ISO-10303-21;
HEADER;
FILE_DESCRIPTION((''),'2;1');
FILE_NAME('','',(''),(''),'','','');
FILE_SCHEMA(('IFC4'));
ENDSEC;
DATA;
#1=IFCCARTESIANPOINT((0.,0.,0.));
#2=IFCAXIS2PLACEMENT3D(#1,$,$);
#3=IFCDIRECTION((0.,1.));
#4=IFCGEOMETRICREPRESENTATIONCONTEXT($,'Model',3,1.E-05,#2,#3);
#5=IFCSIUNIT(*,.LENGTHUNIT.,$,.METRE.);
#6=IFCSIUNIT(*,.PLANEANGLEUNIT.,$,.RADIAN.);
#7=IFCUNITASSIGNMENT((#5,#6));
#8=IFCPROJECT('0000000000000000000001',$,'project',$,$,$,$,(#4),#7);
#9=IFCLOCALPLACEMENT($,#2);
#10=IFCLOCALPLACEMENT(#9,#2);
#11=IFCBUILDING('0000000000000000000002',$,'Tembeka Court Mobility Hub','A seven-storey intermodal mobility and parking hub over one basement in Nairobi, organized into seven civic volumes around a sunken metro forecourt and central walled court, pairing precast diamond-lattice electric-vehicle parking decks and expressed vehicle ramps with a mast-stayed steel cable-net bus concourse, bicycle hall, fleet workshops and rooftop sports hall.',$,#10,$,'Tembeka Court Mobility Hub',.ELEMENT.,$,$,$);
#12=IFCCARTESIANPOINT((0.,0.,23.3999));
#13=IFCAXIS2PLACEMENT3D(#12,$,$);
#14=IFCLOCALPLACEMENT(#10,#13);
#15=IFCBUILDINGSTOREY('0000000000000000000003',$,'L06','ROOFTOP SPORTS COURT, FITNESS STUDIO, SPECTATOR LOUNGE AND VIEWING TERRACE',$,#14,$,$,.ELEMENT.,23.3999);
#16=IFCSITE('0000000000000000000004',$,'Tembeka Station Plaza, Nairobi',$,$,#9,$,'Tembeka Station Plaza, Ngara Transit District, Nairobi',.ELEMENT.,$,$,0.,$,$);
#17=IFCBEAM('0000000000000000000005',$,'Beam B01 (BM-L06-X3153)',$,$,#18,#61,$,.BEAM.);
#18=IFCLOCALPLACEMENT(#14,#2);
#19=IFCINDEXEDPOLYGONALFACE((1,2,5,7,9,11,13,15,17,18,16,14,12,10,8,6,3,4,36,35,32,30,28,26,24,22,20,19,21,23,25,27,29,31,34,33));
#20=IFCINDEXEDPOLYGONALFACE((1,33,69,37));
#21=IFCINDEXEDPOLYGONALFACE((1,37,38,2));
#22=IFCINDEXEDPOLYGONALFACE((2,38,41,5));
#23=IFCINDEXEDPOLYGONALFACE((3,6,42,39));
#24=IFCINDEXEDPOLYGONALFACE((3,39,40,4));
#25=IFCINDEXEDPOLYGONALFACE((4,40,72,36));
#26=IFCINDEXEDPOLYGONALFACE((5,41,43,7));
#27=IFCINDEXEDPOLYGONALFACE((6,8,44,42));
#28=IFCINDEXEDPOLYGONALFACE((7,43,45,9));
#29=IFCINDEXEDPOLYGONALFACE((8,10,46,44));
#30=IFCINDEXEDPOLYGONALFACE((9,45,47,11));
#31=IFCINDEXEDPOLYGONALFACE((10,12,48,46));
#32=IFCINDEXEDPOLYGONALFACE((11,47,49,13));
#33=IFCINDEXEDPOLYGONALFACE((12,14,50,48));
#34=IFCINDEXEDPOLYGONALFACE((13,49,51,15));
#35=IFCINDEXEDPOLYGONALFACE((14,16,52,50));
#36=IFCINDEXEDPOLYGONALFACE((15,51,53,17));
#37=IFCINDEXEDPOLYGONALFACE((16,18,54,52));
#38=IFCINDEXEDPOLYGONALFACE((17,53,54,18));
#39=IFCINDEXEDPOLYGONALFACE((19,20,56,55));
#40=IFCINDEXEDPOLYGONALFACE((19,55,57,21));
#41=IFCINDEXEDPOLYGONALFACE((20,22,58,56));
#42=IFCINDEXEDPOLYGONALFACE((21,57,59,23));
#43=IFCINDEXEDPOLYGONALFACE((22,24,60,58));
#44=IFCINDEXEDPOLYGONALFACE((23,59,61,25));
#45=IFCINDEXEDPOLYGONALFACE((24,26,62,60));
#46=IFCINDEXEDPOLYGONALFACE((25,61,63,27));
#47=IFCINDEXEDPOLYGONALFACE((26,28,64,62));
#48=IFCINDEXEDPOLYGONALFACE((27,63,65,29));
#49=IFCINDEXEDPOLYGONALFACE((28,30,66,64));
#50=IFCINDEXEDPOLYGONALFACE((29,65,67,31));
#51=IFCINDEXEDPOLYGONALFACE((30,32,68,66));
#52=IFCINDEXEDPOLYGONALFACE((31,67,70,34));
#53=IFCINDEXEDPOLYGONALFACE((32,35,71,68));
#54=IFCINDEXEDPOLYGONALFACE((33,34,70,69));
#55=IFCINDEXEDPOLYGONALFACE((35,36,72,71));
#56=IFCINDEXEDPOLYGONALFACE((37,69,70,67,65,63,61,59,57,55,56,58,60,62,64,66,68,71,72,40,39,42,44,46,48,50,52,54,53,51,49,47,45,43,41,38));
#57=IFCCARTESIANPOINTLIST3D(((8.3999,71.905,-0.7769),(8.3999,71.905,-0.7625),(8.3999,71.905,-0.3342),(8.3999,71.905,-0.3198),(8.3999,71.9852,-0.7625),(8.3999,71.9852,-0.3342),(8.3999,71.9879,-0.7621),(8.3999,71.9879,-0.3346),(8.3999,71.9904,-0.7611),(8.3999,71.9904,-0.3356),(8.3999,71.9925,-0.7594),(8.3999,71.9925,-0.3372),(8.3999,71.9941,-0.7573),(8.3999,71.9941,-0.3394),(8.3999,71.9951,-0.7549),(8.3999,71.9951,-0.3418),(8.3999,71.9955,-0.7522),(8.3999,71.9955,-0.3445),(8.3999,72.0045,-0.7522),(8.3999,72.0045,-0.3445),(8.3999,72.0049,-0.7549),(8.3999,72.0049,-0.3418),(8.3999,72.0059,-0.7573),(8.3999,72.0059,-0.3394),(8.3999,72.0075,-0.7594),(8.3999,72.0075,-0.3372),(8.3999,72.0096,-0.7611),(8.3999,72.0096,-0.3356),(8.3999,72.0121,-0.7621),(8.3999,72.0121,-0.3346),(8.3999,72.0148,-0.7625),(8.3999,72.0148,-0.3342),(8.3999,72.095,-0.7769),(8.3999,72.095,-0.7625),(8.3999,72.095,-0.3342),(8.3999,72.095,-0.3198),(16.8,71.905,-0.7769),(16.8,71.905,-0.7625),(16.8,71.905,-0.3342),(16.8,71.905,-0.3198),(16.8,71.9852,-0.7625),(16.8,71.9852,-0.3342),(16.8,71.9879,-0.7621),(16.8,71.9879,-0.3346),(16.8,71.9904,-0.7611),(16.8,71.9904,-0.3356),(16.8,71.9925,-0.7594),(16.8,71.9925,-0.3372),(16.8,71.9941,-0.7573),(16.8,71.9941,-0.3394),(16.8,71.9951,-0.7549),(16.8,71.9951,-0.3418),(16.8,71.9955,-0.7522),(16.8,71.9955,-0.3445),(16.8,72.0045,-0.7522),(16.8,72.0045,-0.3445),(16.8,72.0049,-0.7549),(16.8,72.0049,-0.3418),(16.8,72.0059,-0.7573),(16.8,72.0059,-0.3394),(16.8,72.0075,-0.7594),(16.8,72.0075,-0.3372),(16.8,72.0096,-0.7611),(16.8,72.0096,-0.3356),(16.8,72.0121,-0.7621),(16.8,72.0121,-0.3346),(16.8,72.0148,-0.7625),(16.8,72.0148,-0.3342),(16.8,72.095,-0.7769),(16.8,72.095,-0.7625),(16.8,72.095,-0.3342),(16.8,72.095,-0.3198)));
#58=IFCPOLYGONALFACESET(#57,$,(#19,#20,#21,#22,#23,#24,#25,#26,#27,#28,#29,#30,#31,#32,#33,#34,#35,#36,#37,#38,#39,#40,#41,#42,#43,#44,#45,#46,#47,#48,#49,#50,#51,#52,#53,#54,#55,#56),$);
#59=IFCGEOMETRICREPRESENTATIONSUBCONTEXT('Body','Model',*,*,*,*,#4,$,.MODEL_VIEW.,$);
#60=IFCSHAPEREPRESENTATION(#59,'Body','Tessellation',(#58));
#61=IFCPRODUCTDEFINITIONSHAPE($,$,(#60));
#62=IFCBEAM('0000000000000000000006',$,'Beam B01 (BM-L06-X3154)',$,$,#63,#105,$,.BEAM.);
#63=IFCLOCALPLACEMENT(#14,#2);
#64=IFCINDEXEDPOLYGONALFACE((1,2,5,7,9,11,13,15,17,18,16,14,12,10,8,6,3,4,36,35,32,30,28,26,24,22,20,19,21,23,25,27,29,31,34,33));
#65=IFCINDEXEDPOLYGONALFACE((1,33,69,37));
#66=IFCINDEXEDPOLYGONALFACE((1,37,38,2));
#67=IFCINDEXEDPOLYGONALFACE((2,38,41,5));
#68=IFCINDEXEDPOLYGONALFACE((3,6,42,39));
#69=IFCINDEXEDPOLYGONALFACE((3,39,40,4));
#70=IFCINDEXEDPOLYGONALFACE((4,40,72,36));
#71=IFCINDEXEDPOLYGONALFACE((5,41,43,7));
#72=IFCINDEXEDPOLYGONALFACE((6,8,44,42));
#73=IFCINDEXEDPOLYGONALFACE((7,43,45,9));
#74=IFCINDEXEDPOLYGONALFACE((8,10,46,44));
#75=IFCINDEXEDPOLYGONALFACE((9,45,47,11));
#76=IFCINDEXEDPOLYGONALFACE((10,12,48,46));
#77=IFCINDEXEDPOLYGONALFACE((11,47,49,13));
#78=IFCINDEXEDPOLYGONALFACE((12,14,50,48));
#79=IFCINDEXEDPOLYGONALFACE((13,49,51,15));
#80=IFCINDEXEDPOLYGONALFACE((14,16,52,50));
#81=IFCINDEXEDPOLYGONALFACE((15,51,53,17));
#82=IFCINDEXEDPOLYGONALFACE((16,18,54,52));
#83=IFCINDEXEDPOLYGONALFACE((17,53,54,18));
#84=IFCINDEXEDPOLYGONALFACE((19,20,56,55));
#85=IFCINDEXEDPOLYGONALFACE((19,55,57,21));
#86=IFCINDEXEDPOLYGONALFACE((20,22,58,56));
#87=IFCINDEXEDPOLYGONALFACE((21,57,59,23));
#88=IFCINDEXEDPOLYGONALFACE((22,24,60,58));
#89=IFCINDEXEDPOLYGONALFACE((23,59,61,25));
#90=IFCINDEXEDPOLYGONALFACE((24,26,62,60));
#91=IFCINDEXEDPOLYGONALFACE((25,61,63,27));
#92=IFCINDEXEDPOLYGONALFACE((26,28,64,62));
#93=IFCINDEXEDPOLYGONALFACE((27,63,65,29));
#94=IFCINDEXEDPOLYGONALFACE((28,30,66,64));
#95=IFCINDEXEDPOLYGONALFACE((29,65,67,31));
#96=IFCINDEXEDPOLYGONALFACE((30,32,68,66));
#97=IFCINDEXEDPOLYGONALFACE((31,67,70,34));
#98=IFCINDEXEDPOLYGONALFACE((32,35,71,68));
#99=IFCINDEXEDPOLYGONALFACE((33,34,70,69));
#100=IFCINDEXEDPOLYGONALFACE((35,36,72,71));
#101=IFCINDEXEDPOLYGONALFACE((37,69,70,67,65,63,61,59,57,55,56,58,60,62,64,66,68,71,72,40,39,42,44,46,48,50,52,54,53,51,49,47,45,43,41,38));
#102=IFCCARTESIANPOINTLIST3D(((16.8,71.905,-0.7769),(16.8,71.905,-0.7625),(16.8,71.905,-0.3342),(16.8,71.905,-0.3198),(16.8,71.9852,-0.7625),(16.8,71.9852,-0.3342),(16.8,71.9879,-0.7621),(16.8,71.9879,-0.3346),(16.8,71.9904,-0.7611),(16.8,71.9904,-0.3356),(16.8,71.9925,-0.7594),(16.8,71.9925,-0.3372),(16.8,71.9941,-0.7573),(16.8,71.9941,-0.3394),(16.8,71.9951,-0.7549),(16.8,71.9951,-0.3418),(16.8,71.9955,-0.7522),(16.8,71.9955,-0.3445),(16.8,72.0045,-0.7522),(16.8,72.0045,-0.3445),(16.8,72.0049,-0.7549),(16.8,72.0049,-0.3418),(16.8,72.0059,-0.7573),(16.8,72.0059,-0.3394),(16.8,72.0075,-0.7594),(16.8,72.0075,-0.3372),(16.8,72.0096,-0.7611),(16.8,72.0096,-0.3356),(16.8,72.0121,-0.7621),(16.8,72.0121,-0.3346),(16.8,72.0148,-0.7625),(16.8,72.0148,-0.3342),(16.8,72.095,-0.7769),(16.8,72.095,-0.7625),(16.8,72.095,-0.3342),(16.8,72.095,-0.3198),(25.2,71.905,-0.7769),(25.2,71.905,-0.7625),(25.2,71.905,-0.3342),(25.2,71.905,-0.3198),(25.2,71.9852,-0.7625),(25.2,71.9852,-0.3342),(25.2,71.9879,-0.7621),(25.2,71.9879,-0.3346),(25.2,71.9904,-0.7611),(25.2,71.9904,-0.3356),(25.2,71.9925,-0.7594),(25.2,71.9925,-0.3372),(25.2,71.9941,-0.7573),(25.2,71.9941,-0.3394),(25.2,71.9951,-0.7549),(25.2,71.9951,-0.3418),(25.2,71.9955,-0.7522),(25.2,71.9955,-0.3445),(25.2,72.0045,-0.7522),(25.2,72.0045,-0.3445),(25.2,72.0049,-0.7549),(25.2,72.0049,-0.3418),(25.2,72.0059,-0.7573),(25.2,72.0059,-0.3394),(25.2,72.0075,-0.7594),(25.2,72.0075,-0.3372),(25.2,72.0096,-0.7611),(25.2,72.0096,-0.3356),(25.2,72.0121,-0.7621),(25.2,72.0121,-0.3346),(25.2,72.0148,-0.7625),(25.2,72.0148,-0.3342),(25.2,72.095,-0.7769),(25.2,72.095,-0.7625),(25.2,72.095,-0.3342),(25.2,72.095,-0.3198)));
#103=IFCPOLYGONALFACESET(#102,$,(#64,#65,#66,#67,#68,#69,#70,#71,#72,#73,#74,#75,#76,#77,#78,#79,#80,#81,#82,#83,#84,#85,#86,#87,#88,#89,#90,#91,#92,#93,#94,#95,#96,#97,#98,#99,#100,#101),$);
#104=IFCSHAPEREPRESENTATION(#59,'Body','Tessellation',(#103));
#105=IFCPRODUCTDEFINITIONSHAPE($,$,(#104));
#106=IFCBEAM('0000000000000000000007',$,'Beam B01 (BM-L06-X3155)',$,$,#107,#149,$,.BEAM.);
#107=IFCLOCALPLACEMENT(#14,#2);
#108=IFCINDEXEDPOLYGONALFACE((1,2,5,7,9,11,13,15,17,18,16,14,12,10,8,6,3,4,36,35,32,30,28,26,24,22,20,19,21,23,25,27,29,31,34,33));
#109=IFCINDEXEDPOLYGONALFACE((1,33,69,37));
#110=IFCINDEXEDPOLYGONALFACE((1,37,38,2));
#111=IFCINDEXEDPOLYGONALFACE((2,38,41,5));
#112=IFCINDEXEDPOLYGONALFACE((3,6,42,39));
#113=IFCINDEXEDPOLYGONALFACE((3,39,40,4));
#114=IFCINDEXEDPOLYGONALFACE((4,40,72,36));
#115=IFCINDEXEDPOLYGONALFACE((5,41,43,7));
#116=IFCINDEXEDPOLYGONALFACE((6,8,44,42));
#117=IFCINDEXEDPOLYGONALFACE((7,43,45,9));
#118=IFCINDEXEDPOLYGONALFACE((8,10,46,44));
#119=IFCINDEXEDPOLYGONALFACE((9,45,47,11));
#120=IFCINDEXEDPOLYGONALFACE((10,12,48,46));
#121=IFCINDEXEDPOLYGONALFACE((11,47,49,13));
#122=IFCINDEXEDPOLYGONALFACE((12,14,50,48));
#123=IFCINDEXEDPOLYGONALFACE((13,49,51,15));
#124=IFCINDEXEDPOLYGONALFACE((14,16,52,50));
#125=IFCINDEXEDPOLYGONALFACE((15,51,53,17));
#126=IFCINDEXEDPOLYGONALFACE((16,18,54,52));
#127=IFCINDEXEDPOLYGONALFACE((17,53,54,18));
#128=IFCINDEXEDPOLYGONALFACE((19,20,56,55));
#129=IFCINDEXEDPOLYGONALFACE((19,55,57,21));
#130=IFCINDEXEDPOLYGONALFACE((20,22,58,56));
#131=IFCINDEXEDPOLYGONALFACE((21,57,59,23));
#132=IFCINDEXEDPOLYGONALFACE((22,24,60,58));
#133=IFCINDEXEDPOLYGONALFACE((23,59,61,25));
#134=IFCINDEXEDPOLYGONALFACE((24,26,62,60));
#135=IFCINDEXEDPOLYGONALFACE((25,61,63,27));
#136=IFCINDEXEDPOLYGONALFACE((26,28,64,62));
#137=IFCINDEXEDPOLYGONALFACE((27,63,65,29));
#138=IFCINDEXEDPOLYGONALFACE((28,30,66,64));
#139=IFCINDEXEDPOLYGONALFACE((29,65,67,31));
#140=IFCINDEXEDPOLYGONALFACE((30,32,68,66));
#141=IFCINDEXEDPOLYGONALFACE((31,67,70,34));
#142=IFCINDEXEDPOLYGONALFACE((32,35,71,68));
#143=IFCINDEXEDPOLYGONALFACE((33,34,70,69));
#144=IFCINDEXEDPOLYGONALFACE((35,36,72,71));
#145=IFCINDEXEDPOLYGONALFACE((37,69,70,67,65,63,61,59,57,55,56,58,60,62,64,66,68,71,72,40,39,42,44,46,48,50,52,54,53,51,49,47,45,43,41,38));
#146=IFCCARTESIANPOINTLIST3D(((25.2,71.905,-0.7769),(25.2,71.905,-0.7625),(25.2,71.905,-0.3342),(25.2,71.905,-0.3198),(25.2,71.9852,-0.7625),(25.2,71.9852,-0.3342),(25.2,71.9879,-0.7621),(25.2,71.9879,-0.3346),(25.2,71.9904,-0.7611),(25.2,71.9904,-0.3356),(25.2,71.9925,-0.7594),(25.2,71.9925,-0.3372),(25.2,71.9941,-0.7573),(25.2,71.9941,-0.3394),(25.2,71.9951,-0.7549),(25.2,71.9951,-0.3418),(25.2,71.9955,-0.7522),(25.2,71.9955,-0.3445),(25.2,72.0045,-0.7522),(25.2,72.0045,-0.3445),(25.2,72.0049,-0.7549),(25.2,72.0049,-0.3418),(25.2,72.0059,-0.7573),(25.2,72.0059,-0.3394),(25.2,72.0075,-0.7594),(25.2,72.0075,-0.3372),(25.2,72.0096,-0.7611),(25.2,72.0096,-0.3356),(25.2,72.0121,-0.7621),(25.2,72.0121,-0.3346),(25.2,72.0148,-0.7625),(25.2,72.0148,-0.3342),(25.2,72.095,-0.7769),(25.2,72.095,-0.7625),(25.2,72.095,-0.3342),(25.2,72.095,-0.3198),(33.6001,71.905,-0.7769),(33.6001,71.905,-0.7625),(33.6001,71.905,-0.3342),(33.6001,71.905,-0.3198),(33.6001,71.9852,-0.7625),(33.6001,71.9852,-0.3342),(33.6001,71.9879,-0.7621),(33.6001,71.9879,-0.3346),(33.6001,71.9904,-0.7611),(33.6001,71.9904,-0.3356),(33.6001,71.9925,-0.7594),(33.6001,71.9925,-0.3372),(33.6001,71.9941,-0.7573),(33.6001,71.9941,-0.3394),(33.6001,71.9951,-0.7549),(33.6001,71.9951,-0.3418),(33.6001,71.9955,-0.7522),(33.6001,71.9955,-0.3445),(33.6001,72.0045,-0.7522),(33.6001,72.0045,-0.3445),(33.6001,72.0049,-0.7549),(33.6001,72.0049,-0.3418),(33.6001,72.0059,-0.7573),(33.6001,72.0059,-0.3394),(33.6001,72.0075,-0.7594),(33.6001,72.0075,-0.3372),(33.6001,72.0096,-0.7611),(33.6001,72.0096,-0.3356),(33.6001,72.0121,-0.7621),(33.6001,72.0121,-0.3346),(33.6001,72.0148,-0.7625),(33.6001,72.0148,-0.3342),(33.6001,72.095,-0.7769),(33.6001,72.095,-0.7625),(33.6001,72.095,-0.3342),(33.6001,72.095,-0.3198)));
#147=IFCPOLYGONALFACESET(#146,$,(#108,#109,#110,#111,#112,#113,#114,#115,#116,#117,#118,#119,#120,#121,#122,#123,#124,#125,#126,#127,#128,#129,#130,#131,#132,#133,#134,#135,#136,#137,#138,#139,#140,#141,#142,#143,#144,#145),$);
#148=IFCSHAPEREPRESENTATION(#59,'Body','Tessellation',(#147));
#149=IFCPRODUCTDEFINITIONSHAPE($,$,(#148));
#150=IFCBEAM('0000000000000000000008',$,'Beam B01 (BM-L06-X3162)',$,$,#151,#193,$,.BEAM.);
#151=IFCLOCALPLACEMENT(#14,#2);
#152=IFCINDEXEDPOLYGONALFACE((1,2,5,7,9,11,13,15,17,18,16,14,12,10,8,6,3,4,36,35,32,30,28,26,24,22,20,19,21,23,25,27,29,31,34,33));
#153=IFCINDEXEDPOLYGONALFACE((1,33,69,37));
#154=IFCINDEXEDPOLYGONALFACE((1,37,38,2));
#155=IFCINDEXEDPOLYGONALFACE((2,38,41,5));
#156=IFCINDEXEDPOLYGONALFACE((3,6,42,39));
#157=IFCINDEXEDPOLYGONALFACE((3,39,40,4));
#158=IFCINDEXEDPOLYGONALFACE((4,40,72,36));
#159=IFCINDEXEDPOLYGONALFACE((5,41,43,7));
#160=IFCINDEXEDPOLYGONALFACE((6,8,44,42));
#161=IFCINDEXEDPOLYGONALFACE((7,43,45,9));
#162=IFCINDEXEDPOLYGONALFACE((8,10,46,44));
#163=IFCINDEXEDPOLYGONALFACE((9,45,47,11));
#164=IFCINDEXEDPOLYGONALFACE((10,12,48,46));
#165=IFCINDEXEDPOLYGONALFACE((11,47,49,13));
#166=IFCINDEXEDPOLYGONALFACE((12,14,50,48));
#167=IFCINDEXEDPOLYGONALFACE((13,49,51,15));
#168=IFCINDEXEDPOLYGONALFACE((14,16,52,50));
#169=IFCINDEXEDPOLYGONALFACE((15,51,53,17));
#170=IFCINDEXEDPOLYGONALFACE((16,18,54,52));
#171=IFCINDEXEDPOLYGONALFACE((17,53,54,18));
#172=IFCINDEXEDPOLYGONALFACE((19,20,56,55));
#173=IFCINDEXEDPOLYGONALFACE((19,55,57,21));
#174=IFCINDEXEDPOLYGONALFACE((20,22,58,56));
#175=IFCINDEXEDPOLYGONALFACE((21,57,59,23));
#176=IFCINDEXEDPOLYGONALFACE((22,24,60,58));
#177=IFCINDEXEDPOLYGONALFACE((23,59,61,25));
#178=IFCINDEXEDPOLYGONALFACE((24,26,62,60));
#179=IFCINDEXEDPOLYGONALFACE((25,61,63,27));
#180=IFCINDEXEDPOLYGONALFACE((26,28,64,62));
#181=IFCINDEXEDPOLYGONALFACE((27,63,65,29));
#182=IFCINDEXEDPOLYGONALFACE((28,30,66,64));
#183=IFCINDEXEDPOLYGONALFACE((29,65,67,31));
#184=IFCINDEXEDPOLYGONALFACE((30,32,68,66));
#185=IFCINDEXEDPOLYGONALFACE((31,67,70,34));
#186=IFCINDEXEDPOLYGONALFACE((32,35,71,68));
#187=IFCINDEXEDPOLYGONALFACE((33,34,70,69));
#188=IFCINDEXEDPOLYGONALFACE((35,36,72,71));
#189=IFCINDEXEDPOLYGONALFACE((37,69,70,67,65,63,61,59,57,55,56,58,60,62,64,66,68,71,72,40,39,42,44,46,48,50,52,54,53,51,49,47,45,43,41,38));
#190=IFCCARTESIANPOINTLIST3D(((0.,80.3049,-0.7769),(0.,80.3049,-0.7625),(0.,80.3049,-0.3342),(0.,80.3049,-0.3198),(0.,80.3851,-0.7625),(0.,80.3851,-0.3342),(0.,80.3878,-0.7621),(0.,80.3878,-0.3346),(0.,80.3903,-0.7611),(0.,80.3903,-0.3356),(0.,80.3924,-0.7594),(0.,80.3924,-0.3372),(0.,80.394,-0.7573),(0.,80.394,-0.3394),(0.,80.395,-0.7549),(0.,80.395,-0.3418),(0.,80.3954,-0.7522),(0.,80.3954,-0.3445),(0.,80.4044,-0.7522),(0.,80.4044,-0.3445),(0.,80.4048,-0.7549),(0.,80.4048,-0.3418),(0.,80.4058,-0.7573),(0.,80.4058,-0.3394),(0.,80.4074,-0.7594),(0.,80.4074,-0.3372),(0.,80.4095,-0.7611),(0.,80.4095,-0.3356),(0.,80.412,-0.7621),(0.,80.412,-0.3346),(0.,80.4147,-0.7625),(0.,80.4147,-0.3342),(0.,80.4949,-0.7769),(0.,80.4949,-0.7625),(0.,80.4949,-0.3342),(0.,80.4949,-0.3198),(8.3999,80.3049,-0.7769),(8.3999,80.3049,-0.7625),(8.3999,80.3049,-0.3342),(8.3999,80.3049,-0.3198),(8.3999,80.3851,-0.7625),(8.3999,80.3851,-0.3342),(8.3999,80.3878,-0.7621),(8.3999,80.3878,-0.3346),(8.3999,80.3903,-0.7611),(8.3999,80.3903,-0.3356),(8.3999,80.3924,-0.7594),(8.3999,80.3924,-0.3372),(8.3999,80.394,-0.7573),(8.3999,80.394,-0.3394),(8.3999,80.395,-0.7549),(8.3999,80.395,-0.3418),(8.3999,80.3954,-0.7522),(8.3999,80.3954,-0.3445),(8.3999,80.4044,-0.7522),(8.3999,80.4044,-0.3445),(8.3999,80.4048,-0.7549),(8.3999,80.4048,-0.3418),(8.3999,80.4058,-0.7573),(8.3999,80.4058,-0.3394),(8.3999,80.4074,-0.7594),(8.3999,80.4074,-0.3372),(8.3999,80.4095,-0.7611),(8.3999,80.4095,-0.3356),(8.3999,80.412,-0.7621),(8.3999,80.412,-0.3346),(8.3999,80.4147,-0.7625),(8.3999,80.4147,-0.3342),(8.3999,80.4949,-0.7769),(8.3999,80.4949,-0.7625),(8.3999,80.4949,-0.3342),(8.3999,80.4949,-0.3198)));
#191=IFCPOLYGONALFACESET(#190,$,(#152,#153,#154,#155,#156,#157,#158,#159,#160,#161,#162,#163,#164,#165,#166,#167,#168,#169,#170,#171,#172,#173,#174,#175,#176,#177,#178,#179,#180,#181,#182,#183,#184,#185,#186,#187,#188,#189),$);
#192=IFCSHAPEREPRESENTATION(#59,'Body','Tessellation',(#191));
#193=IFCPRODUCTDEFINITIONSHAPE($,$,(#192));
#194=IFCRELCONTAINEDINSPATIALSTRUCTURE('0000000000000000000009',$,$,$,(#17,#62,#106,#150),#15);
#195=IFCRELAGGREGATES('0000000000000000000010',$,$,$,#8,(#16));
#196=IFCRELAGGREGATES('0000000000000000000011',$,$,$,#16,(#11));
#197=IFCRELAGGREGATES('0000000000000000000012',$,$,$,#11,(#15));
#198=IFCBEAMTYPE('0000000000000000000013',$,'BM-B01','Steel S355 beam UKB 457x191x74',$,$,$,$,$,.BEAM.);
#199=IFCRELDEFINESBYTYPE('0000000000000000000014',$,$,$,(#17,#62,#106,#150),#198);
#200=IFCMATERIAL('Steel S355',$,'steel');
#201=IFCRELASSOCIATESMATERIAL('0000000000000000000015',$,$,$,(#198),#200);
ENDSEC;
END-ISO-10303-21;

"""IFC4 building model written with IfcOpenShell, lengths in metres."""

from ifc_helpers import new_model, si_unit, direction, frame, origin, origin_2d, place, context, subcontext, project, spatial, i_section, extrude, material, material_profile, profile_set, type_object, element, save


model = new_model("IFC4")

# Units and contexts
model_context = context("Model", 3, precision=1e-05, world=origin(), true_north=direction((0.0, 1.0)))
body_context = subcontext(model_context, "Body", "Model", "MODEL_VIEW")
ifc_project = project(units=[si_unit("LENGTHUNIT", "METRE"), si_unit("PLANEANGLEUNIT", "RADIAN")], contexts=[model_context])

# Site, building, storey
site_placement = place(None, origin())
site = spatial("IfcSite", under=ifc_project, at=site_placement, Name="Tembeka Station Plaza, Nairobi", LongName="Tembeka Station Plaza, Ngara Transit District, Nairobi", CompositionType="ELEMENT", RefElevation=0.0)
building_placement = place(site_placement, origin())
building = spatial("IfcBuilding", under=site, at=building_placement, Name="Tembeka Court Mobility Hub", Description="A seven-storey intermodal mobility and parking hub over one basement in Nairobi, organized into seven civic volumes around a sunken metro forecourt and central walled court, pairing precast diamond-lattice electric-vehicle parking decks and expressed vehicle ramps with a mast-stayed steel cable-net bus concourse, bicycle hall, fleet workshops and rooftop sports hall.", LongName="Tembeka Court Mobility Hub", CompositionType="ELEMENT")
storey_placement = place(building_placement, frame((0.0, 0.0, 23.3999)))
storey = spatial("IfcBuildingStorey", under=building, at=storey_placement, Name="L06", Description="ROOFTOP SPORTS COURT, FITNESS STUDIO, SPECTATOR LOUNGE AND VIEWING TERRACE", CompositionType="ELEMENT", Elevation=23.3999)

# Beams
ifc_material_1 = material(Name="Steel S355", Category="steel")
ifc_material_profile_1 = material_profile(ifc_material_1, i_section(OverallWidth=0.1899, OverallDepth=0.457, WebThickness=0.009, FlangeThickness=0.0144, FilletRadius=0.0103, at=origin_2d()), Name="UKB 457x191x74")
ifc_profile_set_1 = profile_set([ifc_material_profile_1], Name="Steel S355")
beam_type_1 = type_object("IfcBeamType", Name="BM-B01", Description="Steel S355 beam UKB 457x191x74", PredefinedType="BEAM", material=ifc_profile_set_1)
for number, where, z_axis, x_axis, name in (
    (1, (8.3999, 72.0, -0.5483), (1.0, 0.0, 0.0), (0.0, 1.0, 0.0), "Beam B01 (BM-L06-X3153)"),
):
    element("IfcBeam", number, at=place(storey_placement, frame(where, z_axis=z_axis, x_axis=x_axis)), inside=storey, type_object=beam_type_1, Name=name, PredefinedType="BEAM", context=body_context, shape_type="SweptSolid", body=[
        extrude(i_section(OverallWidth=0.1899, OverallDepth=0.457, WebThickness=0.009, FlangeThickness=0.0144, FilletRadius=0.0103, at=origin_2d()), origin(), (0.0, 0.0, 1.0), 8.4001),
    ])
beam_1_placement = place(storey_placement, frame((16.8, 72.0, -0.5483), z_axis=(1.0, 0.0, 0.0), x_axis=(0.0, 1.0, 0.0)))
element("IfcBeam", 2, at=beam_1_placement, inside=storey, type_object=beam_type_1, Name="Beam B01 (BM-L06-X3154)", PredefinedType="BEAM", context=body_context, shape_type="SweptSolid", body=[
    extrude(i_section(OverallWidth=0.1899, OverallDepth=0.457, WebThickness=0.009, FlangeThickness=0.0144, FilletRadius=0.0103, at=origin_2d()), origin(), (0.0, 0.0, 1.0), 8.3999),
])
beam_2_placement = place(storey_placement, frame((25.2, 72.0, -0.5483), z_axis=(1.0, 0.0, 0.0), x_axis=(0.0, 1.0, 0.0)))
element("IfcBeam", 3, at=beam_2_placement, inside=storey, type_object=beam_type_1, Name="Beam B01 (BM-L06-X3155)", PredefinedType="BEAM", context=body_context, shape_type="SweptSolid", body=[
    extrude(i_section(OverallWidth=0.1899, OverallDepth=0.457, WebThickness=0.009, FlangeThickness=0.0144, FilletRadius=0.0103, at=origin_2d()), origin(), (0.0, 0.0, 1.0), 8.4001),
])
beam_3_placement = place(storey_placement, frame((0.0, 80.3999, -0.5483), z_axis=(1.0, 0.0, 0.0), x_axis=(0.0, 1.0, 0.0)))
element("IfcBeam", 4, at=beam_3_placement, inside=storey, type_object=beam_type_1, Name="Beam B01 (BM-L06-X3162)", PredefinedType="BEAM", context=body_context, shape_type="SweptSolid", body=[
    extrude(i_section(OverallWidth=0.1899, OverallDepth=0.457, WebThickness=0.009, FlangeThickness=0.0144, FilletRadius=0.0103, at=origin_2d()), origin(), (0.0, 0.0, 1.0), 8.3999),
])

save(model, "model.ifc")
